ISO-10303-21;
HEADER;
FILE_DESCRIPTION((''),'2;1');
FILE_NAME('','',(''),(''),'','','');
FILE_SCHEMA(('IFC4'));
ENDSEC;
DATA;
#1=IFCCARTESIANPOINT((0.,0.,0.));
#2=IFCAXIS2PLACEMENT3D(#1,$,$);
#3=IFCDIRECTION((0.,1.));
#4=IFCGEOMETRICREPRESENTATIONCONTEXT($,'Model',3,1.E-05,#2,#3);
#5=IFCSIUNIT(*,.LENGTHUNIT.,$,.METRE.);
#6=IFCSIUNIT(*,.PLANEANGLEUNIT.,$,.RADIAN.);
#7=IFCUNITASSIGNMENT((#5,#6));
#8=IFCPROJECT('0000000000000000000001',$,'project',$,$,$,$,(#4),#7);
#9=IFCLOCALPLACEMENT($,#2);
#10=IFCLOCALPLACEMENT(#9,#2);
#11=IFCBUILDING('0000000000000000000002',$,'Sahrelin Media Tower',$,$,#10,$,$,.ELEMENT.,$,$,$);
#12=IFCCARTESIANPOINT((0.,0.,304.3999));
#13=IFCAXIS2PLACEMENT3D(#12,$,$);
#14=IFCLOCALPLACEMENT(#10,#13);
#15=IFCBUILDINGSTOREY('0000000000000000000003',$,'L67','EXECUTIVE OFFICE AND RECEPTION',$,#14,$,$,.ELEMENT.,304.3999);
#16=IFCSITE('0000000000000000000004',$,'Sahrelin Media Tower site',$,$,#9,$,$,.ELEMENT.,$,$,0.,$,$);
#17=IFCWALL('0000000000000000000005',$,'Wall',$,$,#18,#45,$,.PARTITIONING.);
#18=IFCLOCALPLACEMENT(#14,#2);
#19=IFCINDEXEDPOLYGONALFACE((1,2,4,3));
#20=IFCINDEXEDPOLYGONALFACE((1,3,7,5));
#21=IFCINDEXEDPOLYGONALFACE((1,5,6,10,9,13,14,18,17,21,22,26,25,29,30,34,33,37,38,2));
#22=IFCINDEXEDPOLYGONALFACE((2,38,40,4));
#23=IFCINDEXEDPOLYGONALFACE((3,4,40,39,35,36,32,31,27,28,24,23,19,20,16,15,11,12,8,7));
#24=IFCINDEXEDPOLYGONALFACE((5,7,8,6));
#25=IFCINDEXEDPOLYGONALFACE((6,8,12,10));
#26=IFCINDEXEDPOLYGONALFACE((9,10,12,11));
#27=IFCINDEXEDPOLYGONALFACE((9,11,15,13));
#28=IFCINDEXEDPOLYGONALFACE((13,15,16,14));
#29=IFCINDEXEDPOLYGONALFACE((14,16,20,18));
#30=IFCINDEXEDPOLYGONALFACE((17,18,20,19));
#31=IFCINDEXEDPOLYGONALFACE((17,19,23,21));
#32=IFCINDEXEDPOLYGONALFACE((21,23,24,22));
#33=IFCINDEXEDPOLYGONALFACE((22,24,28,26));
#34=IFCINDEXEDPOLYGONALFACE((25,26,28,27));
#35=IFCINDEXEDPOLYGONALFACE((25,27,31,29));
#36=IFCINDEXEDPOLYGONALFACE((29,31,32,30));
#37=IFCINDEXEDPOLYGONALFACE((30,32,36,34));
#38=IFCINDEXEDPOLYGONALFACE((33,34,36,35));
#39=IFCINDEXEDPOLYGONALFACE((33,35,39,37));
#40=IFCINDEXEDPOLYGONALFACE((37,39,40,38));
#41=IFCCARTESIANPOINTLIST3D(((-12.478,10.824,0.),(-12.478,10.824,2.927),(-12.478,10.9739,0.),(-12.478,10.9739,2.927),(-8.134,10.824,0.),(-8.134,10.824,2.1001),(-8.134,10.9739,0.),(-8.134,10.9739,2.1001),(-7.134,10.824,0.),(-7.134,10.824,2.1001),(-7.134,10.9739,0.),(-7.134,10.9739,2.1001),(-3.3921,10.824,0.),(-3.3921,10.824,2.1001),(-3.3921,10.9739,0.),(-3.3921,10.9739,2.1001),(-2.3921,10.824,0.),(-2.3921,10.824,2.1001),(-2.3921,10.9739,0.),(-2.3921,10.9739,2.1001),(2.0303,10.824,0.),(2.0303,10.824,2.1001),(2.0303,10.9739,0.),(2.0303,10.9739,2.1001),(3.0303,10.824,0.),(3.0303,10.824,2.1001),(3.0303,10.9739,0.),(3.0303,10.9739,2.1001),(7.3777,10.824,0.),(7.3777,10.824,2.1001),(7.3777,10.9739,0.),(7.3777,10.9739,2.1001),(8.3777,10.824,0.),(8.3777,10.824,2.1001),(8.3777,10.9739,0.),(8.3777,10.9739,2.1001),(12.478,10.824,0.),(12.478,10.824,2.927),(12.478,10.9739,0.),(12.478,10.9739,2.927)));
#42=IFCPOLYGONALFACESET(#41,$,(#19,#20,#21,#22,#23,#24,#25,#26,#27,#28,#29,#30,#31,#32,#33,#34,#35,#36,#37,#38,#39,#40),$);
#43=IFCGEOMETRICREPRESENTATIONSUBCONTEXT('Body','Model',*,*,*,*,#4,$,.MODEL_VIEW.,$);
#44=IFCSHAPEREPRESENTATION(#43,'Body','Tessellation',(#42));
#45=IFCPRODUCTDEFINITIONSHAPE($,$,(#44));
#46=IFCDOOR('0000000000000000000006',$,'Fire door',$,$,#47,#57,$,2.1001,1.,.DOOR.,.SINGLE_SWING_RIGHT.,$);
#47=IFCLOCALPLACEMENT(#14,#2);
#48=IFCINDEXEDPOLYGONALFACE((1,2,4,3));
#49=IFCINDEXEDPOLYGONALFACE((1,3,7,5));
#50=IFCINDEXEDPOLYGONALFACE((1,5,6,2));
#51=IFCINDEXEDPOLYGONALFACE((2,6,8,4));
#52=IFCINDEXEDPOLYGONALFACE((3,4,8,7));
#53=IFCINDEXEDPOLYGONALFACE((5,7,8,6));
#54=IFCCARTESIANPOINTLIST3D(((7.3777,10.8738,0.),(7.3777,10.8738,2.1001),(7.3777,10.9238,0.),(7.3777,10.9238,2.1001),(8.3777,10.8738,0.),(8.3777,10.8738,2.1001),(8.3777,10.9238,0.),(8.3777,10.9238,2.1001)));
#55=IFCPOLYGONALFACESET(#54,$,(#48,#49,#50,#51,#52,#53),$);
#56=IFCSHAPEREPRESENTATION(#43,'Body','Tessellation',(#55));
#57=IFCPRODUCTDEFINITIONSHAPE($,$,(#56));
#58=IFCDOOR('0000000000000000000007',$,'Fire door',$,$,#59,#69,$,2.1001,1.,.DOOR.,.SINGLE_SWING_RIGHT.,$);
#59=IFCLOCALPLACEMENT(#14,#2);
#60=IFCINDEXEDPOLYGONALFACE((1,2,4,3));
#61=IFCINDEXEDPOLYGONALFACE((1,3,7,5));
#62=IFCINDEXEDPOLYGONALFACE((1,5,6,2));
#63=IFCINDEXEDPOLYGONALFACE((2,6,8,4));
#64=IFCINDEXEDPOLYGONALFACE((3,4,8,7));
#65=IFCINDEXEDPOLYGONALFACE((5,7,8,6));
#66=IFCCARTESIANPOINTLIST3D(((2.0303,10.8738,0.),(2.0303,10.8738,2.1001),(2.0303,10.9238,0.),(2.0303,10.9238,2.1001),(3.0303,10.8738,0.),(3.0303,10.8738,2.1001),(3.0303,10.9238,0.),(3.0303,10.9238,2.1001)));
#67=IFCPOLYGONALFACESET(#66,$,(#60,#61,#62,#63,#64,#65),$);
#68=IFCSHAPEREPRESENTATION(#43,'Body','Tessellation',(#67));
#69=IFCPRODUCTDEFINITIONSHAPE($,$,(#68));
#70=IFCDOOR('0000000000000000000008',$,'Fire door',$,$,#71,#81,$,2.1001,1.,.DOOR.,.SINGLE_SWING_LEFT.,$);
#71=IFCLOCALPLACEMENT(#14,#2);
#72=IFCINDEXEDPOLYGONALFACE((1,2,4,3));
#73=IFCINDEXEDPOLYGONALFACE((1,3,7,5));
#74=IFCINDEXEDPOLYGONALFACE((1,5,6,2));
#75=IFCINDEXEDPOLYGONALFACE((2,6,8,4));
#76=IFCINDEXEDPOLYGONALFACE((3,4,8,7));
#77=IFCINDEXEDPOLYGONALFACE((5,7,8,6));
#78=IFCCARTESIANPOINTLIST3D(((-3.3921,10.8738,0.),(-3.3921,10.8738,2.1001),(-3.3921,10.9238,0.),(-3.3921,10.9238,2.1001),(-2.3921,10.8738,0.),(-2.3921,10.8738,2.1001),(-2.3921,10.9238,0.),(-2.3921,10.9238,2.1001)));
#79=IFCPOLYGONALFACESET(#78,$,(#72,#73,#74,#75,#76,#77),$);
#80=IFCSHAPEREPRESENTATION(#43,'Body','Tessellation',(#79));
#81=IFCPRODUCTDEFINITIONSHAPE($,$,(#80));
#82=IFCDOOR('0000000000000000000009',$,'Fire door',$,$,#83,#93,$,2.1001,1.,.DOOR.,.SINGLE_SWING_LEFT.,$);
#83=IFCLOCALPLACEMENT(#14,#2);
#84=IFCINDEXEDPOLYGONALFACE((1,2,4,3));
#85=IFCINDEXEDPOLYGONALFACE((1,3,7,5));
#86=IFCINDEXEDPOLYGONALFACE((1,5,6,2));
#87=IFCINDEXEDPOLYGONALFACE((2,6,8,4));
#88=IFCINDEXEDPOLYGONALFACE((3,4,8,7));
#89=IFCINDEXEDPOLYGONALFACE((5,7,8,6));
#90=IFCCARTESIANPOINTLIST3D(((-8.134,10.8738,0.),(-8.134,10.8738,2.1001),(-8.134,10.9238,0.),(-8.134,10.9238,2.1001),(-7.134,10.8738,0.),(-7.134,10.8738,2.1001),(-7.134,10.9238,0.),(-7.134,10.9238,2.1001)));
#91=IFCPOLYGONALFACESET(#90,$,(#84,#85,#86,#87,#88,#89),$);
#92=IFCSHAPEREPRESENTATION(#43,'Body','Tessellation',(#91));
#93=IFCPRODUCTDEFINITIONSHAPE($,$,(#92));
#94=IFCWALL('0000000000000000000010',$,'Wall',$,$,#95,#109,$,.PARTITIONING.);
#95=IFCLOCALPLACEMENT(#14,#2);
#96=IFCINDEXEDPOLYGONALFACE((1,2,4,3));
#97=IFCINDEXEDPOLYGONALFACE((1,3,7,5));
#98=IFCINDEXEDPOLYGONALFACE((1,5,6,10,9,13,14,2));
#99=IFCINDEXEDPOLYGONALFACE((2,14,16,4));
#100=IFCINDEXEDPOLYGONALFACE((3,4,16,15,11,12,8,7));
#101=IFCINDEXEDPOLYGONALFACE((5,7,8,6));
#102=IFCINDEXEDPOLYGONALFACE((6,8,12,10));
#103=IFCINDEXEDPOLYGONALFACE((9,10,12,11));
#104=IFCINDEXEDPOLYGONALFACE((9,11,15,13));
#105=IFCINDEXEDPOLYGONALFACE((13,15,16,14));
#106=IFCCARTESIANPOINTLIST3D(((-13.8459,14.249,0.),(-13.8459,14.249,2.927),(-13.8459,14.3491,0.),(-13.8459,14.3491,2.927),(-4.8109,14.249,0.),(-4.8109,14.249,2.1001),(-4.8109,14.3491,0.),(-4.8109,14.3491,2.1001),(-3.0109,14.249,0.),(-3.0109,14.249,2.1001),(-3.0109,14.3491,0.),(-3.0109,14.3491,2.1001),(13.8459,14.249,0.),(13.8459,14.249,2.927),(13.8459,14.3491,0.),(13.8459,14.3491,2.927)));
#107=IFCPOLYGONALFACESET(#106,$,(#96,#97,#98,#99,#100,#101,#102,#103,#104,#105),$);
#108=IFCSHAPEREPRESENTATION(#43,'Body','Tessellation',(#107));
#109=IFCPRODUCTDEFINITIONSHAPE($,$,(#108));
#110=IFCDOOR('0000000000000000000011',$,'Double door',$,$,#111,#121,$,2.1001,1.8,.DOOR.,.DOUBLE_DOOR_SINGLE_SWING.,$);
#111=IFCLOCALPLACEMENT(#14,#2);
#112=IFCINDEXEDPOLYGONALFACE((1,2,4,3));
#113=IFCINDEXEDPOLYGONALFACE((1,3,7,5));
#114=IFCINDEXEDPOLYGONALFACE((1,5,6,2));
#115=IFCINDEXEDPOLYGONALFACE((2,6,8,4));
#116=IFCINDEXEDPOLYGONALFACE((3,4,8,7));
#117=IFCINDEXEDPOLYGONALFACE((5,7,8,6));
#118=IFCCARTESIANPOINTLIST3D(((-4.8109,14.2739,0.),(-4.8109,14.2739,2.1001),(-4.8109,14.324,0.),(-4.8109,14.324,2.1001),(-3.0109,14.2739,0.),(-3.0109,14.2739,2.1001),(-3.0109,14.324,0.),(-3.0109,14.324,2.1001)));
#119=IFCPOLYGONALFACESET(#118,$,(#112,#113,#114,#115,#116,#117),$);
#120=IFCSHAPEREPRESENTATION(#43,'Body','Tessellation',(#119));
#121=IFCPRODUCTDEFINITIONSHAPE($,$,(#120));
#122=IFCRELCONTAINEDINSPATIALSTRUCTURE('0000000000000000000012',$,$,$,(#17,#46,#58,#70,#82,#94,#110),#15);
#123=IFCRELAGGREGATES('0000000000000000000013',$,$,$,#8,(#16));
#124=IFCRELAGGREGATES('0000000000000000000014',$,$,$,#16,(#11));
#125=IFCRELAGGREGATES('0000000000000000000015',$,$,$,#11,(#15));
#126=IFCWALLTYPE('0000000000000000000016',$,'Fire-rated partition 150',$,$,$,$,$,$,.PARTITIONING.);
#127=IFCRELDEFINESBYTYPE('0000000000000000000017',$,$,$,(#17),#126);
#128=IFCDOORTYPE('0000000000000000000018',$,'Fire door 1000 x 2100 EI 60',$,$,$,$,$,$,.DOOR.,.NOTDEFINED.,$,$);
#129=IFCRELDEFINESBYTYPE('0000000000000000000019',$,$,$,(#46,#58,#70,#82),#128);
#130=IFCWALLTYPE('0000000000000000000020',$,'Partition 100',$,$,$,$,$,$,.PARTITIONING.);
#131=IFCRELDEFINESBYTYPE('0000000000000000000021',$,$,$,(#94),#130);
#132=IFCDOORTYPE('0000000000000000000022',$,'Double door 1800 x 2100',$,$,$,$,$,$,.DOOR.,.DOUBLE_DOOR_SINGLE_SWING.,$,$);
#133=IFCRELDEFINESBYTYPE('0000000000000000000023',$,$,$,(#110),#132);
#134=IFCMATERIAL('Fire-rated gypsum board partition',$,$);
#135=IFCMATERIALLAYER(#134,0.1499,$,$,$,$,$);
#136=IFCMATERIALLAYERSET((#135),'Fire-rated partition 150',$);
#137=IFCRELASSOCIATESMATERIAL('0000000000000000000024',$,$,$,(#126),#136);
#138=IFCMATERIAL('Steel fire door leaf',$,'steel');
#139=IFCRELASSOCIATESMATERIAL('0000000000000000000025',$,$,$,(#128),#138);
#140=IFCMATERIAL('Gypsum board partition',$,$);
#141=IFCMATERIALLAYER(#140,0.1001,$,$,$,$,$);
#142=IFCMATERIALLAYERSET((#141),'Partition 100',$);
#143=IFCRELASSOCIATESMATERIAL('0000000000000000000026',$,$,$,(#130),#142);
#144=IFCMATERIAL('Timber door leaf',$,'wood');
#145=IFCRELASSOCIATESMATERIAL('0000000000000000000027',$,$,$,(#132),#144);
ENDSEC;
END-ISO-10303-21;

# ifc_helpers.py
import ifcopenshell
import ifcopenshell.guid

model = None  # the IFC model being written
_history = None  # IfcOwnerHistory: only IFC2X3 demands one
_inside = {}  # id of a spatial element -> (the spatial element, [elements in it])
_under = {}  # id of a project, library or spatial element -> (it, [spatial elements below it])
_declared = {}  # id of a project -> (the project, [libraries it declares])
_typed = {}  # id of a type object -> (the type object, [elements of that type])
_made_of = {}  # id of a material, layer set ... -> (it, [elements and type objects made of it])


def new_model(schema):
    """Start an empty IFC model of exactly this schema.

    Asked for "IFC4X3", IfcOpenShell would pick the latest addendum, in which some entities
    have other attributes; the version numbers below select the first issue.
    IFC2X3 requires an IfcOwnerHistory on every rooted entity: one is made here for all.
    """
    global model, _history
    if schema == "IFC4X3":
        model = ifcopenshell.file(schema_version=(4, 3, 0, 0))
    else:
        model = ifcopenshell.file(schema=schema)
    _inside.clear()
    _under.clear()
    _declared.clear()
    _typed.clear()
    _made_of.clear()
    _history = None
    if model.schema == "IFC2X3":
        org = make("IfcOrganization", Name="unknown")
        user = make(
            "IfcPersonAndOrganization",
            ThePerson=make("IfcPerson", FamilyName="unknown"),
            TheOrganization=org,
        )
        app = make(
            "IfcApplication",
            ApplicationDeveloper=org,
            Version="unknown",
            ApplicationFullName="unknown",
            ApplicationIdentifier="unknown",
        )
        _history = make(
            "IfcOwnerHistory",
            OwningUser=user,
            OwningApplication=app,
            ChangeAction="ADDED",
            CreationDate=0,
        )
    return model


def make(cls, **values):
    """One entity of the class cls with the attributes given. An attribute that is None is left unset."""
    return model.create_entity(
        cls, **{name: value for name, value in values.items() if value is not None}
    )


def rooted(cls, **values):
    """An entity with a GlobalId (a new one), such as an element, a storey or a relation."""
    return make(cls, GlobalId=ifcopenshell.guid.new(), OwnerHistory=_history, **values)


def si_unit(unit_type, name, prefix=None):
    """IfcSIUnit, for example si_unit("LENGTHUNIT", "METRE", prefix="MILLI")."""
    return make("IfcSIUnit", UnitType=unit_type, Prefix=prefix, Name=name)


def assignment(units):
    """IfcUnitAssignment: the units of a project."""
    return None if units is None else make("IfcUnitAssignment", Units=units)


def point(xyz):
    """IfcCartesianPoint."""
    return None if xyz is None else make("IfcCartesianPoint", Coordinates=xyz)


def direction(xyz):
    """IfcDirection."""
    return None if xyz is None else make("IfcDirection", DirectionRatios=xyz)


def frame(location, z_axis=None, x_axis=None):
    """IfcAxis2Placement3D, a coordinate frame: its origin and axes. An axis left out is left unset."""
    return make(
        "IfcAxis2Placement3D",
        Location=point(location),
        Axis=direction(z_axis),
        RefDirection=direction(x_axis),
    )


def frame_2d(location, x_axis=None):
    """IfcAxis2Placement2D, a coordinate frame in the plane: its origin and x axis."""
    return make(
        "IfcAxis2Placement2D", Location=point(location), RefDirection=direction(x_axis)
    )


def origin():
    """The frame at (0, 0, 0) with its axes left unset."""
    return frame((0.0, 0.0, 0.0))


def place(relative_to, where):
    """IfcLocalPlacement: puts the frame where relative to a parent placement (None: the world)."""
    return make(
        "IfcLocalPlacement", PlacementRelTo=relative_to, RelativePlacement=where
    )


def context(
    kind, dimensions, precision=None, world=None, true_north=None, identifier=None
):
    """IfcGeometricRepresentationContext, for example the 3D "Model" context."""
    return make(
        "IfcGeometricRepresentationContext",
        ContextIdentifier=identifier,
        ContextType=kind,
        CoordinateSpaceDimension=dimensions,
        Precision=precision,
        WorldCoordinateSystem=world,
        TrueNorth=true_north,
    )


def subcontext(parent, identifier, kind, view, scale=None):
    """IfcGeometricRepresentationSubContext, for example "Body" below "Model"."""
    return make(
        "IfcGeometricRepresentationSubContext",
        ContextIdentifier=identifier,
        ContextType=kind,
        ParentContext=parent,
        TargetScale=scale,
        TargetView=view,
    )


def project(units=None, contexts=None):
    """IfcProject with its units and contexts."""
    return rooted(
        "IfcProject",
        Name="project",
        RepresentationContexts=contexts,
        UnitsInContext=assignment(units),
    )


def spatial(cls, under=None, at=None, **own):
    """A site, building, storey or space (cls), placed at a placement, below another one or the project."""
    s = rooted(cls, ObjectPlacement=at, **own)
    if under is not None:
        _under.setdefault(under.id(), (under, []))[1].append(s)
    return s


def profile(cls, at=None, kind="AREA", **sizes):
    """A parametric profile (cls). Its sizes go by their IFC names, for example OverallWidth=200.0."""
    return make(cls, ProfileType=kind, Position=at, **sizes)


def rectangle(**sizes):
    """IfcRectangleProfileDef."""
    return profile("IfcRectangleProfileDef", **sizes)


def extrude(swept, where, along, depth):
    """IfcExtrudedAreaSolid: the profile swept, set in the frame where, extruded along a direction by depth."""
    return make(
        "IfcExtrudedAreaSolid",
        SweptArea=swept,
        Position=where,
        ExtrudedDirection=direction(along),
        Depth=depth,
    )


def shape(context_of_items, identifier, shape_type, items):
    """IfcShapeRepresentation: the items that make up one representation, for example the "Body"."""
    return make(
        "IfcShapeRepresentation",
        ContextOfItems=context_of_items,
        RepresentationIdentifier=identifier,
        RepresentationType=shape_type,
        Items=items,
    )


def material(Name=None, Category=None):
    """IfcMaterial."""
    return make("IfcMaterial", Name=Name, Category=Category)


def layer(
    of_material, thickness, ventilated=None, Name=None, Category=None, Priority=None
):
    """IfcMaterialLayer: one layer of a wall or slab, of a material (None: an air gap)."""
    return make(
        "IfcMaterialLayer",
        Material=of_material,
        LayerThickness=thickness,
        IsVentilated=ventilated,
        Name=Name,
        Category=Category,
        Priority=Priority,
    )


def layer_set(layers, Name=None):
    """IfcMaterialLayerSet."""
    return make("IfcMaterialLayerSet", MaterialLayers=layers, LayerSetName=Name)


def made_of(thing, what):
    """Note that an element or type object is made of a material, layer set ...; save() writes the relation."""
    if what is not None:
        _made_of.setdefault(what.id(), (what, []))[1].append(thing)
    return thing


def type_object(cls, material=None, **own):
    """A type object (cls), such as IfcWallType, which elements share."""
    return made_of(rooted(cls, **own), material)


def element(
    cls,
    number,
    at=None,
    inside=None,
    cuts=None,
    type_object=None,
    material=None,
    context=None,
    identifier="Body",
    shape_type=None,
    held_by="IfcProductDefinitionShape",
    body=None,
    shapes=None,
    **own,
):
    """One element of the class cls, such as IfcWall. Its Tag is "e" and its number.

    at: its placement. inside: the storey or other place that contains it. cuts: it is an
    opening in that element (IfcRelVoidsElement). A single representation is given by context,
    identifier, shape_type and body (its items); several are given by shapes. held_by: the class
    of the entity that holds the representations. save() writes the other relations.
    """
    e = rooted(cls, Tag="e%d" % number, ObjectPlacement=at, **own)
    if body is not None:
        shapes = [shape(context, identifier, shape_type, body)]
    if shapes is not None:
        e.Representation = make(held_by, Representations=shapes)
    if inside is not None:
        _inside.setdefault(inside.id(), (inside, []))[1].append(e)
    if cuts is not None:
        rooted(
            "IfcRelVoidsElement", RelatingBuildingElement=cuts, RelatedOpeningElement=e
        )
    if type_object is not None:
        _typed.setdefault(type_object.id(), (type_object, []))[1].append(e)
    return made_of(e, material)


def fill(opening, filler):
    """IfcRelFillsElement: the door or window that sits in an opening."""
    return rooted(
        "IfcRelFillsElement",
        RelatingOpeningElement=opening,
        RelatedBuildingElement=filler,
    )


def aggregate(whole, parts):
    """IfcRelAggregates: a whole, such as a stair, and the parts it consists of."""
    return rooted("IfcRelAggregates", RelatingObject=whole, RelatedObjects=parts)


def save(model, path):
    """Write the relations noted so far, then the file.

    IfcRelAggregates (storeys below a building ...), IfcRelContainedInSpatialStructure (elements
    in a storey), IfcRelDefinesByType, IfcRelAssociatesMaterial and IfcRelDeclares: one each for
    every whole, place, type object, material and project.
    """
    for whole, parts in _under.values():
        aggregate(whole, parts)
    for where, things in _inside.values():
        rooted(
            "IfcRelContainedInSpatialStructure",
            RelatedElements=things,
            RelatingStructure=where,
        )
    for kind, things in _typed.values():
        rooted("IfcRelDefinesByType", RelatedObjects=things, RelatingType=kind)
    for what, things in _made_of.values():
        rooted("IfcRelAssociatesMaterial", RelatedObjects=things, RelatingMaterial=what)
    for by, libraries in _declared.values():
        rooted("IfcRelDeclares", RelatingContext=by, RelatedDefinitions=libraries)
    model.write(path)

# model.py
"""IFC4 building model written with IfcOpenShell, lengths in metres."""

from ifc_helpers import new_model, si_unit, direction, frame, frame_2d, origin, place, context, subcontext, project, spatial, rectangle, extrude, material, layer, layer_set, type_object, element, fill, save


model = new_model("IFC4")

# Units and contexts
model_context = context("Model", 3, precision=1e-05, world=origin(), true_north=direction((0.0, 1.0)))
body_context = subcontext(model_context, "Body", "Model", "MODEL_VIEW")
ifc_project = project(units=[si_unit("LENGTHUNIT", "METRE"), si_unit("PLANEANGLEUNIT", "RADIAN")], contexts=[model_context])

# Site, building, storey
site_placement = place(None, origin())
site = spatial("IfcSite", under=ifc_project, at=site_placement, Name="Sahrelin Media Tower site", CompositionType="ELEMENT", RefElevation=0.0)
building_placement = place(site_placement, origin())
building = spatial("IfcBuilding", under=site, at=building_placement, Name="Sahrelin Media Tower", CompositionType="ELEMENT")
storey_placement = place(building_placement, frame((0.0, 0.0, 304.3999)))
storey = spatial("IfcBuildingStorey", under=building, at=storey_placement, Name="L67", Description="EXECUTIVE OFFICE AND RECEPTION", CompositionType="ELEMENT", Elevation=304.3999)

# Wall, openings, doors
ifc_material_1 = material(Name="Fire-rated gypsum board partition")
ifc_layer_1 = layer(ifc_material_1, 0.1499)
ifc_layer_set_1 = layer_set([ifc_layer_1], Name="Fire-rated partition 150")
wall_type_1 = type_object("IfcWallType", Name="Fire-rated partition 150", PredefinedType="PARTITIONING", material=ifc_layer_set_1)
wall_1_placement = place(storey_placement, frame((-12.478, 10.8989, 0.0), z_axis=(0.0, 0.0, 1.0), x_axis=(1.0, 0.0, 0.0)))
wall_1 = element("IfcWall", 1, at=wall_1_placement, inside=storey, type_object=wall_type_1, Name="Wall", PredefinedType="PARTITIONING", context=body_context, shape_type="SweptSolid", body=[
    extrude(rectangle(XDim=24.9561, YDim=0.1499, at=frame_2d((12.478, 0.0))), origin(), (0.0, 0.0, 1.0), 2.927),
])
opening_1_placement = place(wall_1_placement, frame((19.8557, 0.0, 0.0)))
opening_1 = element("IfcOpeningElement", 2, at=opening_1_placement, cuts=wall_1, PredefinedType="OPENING", context=body_context, shape_type="SweptSolid", body=[
    extrude(rectangle(XDim=1.0, YDim=2.1001, at=frame_2d((0.5, 1.05))), frame((0.0, 0.075, 0.0), z_axis=(0.0, -1.0, 0.0), x_axis=(1.0, 0.0, 0.0)), (0.0, 0.0, 1.0), 0.1499),
])
opening_2_placement = place(wall_1_placement, frame((14.5083, 0.0, 0.0)))
opening_2 = element("IfcOpeningElement", 3, at=opening_2_placement, cuts=wall_1, PredefinedType="OPENING", context=body_context, shape_type="SweptSolid", body=[
    extrude(rectangle(XDim=1.0, YDim=2.1001, at=frame_2d((0.5, 1.05))), frame((0.0, 0.075, 0.0), z_axis=(0.0, -1.0, 0.0), x_axis=(1.0, 0.0, 0.0)), (0.0, 0.0, 1.0), 0.1499),
])
opening_3_placement = place(wall_1_placement, frame((9.0859, 0.0, 0.0)))
opening_3 = element("IfcOpeningElement", 4, at=opening_3_placement, cuts=wall_1, PredefinedType="OPENING", context=body_context, shape_type="SweptSolid", body=[
    extrude(rectangle(XDim=1.0, YDim=2.1001, at=frame_2d((0.5, 1.05))), frame((0.0, 0.075, 0.0), z_axis=(0.0, -1.0, 0.0), x_axis=(1.0, 0.0, 0.0)), (0.0, 0.0, 1.0), 0.1499),
])
opening_4_placement = place(wall_1_placement, frame((4.344, 0.0, 0.0)))
opening_4 = element("IfcOpeningElement", 5, at=opening_4_placement, cuts=wall_1, PredefinedType="OPENING", context=body_context, shape_type="SweptSolid", body=[
    extrude(rectangle(XDim=1.0, YDim=2.1001, at=frame_2d((0.5, 1.05))), frame((0.0, 0.075, 0.0), z_axis=(0.0, -1.0, 0.0), x_axis=(1.0, 0.0, 0.0)), (0.0, 0.0, 1.0), 0.1499),
])
ifc_material_2 = material(Name="Steel fire door leaf", Category="steel")
door_type_1 = type_object("IfcDoorType", Name="Fire door 1000 x 2100 EI 60", OperationType="NOTDEFINED", PredefinedType="DOOR", material=ifc_material_2)
door_1_placement = place(opening_1_placement, origin())
door_1 = element("IfcDoor", 6, at=door_1_placement, inside=storey, type_object=door_type_1, Name="Fire door", OperationType="SINGLE_SWING_RIGHT", OverallHeight=2.1001, OverallWidth=1.0, PredefinedType="DOOR", context=body_context, shape_type="SweptSolid", body=[
    extrude(rectangle(XDim=1.0, YDim=2.1001, at=frame_2d((0.5, 1.05))), frame((0.0, 0.0249, 0.0), z_axis=(0.0, -1.0, 0.0), x_axis=(1.0, 0.0, 0.0)), (0.0, 0.0, 1.0), 0.05),
])
fill(opening_1, door_1)
door_2_placement = place(opening_2_placement, origin())
door_2 = element("IfcDoor", 7, at=door_2_placement, inside=storey, type_object=door_type_1, Name="Fire door", OperationType="SINGLE_SWING_RIGHT", OverallHeight=2.1001, OverallWidth=1.0, PredefinedType="DOOR", context=body_context, shape_type="SweptSolid", body=[
    extrude(rectangle(XDim=1.0, YDim=2.1001, at=frame_2d((0.5, 1.05))), frame((0.0, 0.0249, 0.0), z_axis=(0.0, -1.0, 0.0), x_axis=(1.0, 0.0, 0.0)), (0.0, 0.0, 1.0), 0.05),
])
fill(opening_2, door_2)
door_3_placement = place(opening_3_placement, origin())
door_3 = element("IfcDoor", 8, at=door_3_placement, inside=storey, type_object=door_type_1, Name="Fire door", OperationType="SINGLE_SWING_LEFT", OverallHeight=2.1001, OverallWidth=1.0, PredefinedType="DOOR", context=body_context, shape_type="SweptSolid", body=[
    extrude(rectangle(XDim=1.0, YDim=2.1001, at=frame_2d((0.5, 1.05))), frame((0.0, 0.0249, 0.0), z_axis=(0.0, -1.0, 0.0), x_axis=(1.0, 0.0, 0.0)), (0.0, 0.0, 1.0), 0.05),
])
fill(opening_3, door_3)
door_4_placement = place(opening_4_placement, origin())
door_4 = element("IfcDoor", 9, at=door_4_placement, inside=storey, type_object=door_type_1, Name="Fire door", OperationType="SINGLE_SWING_LEFT", OverallHeight=2.1001, OverallWidth=1.0, PredefinedType="DOOR", context=body_context, shape_type="SweptSolid", body=[
    extrude(rectangle(XDim=1.0, YDim=2.1001, at=frame_2d((0.5, 1.05))), frame((0.0, 0.0249, 0.0), z_axis=(0.0, -1.0, 0.0), x_axis=(1.0, 0.0, 0.0)), (0.0, 0.0, 1.0), 0.05),
])
fill(opening_4, door_4)

# Wall, opening, door
ifc_material_3 = material(Name="Gypsum board partition")
ifc_layer_2 = layer(ifc_material_3, 0.1001)
ifc_layer_set_2 = layer_set([ifc_layer_2], Name="Partition 100")
wall_type_2 = type_object("IfcWallType", Name="Partition 100", PredefinedType="PARTITIONING", material=ifc_layer_set_2)
wall_2_placement = place(storey_placement, frame((-13.8459, 14.2991, 0.0), z_axis=(0.0, 0.0, 1.0), x_axis=(1.0, 0.0, 0.0)))
wall_2 = element("IfcWall", 10, at=wall_2_placement, inside=storey, type_object=wall_type_2, Name="Wall", PredefinedType="PARTITIONING", context=body_context, shape_type="SweptSolid", body=[
    extrude(rectangle(XDim=27.6919, YDim=0.1001, at=frame_2d((13.8459, 0.0))), origin(), (0.0, 0.0, 1.0), 2.927),
])
opening_5_placement = place(wall_2_placement, frame((9.0352, 0.0, 0.0)))
opening_5 = element("IfcOpeningElement", 11, at=opening_5_placement, cuts=wall_2, PredefinedType="OPENING", context=body_context, shape_type="SweptSolid", body=[
    extrude(rectangle(XDim=1.8, YDim=2.1001, at=frame_2d((0.8999, 1.05))), frame((0.0, 0.05, 0.0), z_axis=(0.0, -1.0, 0.0), x_axis=(1.0, 0.0, 0.0)), (0.0, 0.0, 1.0), 0.1001),
])
ifc_material_4 = material(Name="Timber door leaf", Category="wood")
door_type_2 = type_object("IfcDoorType", Name="Double door 1800 x 2100", OperationType="DOUBLE_DOOR_SINGLE_SWING", PredefinedType="DOOR", material=ifc_material_4)
door_5_placement = place(opening_5_placement, origin())
door_5 = element("IfcDoor", 12, at=door_5_placement, inside=storey, type_object=door_type_2, Name="Double door", OperationType="DOUBLE_DOOR_SINGLE_SWING", OverallHeight=2.1001, OverallWidth=1.8, PredefinedType="DOOR", context=body_context, shape_type="SweptSolid", body=[
    extrude(rectangle(XDim=1.8, YDim=2.1001, at=frame_2d((0.8999, 1.05))), frame((0.0, 0.0249, 0.0), z_axis=(0.0, -1.0, 0.0), x_axis=(1.0, 0.0, 0.0)), (0.0, 0.0, 1.0), 0.05),
])
fill(opening_5, door_5)

save(model, "model.ifc")
